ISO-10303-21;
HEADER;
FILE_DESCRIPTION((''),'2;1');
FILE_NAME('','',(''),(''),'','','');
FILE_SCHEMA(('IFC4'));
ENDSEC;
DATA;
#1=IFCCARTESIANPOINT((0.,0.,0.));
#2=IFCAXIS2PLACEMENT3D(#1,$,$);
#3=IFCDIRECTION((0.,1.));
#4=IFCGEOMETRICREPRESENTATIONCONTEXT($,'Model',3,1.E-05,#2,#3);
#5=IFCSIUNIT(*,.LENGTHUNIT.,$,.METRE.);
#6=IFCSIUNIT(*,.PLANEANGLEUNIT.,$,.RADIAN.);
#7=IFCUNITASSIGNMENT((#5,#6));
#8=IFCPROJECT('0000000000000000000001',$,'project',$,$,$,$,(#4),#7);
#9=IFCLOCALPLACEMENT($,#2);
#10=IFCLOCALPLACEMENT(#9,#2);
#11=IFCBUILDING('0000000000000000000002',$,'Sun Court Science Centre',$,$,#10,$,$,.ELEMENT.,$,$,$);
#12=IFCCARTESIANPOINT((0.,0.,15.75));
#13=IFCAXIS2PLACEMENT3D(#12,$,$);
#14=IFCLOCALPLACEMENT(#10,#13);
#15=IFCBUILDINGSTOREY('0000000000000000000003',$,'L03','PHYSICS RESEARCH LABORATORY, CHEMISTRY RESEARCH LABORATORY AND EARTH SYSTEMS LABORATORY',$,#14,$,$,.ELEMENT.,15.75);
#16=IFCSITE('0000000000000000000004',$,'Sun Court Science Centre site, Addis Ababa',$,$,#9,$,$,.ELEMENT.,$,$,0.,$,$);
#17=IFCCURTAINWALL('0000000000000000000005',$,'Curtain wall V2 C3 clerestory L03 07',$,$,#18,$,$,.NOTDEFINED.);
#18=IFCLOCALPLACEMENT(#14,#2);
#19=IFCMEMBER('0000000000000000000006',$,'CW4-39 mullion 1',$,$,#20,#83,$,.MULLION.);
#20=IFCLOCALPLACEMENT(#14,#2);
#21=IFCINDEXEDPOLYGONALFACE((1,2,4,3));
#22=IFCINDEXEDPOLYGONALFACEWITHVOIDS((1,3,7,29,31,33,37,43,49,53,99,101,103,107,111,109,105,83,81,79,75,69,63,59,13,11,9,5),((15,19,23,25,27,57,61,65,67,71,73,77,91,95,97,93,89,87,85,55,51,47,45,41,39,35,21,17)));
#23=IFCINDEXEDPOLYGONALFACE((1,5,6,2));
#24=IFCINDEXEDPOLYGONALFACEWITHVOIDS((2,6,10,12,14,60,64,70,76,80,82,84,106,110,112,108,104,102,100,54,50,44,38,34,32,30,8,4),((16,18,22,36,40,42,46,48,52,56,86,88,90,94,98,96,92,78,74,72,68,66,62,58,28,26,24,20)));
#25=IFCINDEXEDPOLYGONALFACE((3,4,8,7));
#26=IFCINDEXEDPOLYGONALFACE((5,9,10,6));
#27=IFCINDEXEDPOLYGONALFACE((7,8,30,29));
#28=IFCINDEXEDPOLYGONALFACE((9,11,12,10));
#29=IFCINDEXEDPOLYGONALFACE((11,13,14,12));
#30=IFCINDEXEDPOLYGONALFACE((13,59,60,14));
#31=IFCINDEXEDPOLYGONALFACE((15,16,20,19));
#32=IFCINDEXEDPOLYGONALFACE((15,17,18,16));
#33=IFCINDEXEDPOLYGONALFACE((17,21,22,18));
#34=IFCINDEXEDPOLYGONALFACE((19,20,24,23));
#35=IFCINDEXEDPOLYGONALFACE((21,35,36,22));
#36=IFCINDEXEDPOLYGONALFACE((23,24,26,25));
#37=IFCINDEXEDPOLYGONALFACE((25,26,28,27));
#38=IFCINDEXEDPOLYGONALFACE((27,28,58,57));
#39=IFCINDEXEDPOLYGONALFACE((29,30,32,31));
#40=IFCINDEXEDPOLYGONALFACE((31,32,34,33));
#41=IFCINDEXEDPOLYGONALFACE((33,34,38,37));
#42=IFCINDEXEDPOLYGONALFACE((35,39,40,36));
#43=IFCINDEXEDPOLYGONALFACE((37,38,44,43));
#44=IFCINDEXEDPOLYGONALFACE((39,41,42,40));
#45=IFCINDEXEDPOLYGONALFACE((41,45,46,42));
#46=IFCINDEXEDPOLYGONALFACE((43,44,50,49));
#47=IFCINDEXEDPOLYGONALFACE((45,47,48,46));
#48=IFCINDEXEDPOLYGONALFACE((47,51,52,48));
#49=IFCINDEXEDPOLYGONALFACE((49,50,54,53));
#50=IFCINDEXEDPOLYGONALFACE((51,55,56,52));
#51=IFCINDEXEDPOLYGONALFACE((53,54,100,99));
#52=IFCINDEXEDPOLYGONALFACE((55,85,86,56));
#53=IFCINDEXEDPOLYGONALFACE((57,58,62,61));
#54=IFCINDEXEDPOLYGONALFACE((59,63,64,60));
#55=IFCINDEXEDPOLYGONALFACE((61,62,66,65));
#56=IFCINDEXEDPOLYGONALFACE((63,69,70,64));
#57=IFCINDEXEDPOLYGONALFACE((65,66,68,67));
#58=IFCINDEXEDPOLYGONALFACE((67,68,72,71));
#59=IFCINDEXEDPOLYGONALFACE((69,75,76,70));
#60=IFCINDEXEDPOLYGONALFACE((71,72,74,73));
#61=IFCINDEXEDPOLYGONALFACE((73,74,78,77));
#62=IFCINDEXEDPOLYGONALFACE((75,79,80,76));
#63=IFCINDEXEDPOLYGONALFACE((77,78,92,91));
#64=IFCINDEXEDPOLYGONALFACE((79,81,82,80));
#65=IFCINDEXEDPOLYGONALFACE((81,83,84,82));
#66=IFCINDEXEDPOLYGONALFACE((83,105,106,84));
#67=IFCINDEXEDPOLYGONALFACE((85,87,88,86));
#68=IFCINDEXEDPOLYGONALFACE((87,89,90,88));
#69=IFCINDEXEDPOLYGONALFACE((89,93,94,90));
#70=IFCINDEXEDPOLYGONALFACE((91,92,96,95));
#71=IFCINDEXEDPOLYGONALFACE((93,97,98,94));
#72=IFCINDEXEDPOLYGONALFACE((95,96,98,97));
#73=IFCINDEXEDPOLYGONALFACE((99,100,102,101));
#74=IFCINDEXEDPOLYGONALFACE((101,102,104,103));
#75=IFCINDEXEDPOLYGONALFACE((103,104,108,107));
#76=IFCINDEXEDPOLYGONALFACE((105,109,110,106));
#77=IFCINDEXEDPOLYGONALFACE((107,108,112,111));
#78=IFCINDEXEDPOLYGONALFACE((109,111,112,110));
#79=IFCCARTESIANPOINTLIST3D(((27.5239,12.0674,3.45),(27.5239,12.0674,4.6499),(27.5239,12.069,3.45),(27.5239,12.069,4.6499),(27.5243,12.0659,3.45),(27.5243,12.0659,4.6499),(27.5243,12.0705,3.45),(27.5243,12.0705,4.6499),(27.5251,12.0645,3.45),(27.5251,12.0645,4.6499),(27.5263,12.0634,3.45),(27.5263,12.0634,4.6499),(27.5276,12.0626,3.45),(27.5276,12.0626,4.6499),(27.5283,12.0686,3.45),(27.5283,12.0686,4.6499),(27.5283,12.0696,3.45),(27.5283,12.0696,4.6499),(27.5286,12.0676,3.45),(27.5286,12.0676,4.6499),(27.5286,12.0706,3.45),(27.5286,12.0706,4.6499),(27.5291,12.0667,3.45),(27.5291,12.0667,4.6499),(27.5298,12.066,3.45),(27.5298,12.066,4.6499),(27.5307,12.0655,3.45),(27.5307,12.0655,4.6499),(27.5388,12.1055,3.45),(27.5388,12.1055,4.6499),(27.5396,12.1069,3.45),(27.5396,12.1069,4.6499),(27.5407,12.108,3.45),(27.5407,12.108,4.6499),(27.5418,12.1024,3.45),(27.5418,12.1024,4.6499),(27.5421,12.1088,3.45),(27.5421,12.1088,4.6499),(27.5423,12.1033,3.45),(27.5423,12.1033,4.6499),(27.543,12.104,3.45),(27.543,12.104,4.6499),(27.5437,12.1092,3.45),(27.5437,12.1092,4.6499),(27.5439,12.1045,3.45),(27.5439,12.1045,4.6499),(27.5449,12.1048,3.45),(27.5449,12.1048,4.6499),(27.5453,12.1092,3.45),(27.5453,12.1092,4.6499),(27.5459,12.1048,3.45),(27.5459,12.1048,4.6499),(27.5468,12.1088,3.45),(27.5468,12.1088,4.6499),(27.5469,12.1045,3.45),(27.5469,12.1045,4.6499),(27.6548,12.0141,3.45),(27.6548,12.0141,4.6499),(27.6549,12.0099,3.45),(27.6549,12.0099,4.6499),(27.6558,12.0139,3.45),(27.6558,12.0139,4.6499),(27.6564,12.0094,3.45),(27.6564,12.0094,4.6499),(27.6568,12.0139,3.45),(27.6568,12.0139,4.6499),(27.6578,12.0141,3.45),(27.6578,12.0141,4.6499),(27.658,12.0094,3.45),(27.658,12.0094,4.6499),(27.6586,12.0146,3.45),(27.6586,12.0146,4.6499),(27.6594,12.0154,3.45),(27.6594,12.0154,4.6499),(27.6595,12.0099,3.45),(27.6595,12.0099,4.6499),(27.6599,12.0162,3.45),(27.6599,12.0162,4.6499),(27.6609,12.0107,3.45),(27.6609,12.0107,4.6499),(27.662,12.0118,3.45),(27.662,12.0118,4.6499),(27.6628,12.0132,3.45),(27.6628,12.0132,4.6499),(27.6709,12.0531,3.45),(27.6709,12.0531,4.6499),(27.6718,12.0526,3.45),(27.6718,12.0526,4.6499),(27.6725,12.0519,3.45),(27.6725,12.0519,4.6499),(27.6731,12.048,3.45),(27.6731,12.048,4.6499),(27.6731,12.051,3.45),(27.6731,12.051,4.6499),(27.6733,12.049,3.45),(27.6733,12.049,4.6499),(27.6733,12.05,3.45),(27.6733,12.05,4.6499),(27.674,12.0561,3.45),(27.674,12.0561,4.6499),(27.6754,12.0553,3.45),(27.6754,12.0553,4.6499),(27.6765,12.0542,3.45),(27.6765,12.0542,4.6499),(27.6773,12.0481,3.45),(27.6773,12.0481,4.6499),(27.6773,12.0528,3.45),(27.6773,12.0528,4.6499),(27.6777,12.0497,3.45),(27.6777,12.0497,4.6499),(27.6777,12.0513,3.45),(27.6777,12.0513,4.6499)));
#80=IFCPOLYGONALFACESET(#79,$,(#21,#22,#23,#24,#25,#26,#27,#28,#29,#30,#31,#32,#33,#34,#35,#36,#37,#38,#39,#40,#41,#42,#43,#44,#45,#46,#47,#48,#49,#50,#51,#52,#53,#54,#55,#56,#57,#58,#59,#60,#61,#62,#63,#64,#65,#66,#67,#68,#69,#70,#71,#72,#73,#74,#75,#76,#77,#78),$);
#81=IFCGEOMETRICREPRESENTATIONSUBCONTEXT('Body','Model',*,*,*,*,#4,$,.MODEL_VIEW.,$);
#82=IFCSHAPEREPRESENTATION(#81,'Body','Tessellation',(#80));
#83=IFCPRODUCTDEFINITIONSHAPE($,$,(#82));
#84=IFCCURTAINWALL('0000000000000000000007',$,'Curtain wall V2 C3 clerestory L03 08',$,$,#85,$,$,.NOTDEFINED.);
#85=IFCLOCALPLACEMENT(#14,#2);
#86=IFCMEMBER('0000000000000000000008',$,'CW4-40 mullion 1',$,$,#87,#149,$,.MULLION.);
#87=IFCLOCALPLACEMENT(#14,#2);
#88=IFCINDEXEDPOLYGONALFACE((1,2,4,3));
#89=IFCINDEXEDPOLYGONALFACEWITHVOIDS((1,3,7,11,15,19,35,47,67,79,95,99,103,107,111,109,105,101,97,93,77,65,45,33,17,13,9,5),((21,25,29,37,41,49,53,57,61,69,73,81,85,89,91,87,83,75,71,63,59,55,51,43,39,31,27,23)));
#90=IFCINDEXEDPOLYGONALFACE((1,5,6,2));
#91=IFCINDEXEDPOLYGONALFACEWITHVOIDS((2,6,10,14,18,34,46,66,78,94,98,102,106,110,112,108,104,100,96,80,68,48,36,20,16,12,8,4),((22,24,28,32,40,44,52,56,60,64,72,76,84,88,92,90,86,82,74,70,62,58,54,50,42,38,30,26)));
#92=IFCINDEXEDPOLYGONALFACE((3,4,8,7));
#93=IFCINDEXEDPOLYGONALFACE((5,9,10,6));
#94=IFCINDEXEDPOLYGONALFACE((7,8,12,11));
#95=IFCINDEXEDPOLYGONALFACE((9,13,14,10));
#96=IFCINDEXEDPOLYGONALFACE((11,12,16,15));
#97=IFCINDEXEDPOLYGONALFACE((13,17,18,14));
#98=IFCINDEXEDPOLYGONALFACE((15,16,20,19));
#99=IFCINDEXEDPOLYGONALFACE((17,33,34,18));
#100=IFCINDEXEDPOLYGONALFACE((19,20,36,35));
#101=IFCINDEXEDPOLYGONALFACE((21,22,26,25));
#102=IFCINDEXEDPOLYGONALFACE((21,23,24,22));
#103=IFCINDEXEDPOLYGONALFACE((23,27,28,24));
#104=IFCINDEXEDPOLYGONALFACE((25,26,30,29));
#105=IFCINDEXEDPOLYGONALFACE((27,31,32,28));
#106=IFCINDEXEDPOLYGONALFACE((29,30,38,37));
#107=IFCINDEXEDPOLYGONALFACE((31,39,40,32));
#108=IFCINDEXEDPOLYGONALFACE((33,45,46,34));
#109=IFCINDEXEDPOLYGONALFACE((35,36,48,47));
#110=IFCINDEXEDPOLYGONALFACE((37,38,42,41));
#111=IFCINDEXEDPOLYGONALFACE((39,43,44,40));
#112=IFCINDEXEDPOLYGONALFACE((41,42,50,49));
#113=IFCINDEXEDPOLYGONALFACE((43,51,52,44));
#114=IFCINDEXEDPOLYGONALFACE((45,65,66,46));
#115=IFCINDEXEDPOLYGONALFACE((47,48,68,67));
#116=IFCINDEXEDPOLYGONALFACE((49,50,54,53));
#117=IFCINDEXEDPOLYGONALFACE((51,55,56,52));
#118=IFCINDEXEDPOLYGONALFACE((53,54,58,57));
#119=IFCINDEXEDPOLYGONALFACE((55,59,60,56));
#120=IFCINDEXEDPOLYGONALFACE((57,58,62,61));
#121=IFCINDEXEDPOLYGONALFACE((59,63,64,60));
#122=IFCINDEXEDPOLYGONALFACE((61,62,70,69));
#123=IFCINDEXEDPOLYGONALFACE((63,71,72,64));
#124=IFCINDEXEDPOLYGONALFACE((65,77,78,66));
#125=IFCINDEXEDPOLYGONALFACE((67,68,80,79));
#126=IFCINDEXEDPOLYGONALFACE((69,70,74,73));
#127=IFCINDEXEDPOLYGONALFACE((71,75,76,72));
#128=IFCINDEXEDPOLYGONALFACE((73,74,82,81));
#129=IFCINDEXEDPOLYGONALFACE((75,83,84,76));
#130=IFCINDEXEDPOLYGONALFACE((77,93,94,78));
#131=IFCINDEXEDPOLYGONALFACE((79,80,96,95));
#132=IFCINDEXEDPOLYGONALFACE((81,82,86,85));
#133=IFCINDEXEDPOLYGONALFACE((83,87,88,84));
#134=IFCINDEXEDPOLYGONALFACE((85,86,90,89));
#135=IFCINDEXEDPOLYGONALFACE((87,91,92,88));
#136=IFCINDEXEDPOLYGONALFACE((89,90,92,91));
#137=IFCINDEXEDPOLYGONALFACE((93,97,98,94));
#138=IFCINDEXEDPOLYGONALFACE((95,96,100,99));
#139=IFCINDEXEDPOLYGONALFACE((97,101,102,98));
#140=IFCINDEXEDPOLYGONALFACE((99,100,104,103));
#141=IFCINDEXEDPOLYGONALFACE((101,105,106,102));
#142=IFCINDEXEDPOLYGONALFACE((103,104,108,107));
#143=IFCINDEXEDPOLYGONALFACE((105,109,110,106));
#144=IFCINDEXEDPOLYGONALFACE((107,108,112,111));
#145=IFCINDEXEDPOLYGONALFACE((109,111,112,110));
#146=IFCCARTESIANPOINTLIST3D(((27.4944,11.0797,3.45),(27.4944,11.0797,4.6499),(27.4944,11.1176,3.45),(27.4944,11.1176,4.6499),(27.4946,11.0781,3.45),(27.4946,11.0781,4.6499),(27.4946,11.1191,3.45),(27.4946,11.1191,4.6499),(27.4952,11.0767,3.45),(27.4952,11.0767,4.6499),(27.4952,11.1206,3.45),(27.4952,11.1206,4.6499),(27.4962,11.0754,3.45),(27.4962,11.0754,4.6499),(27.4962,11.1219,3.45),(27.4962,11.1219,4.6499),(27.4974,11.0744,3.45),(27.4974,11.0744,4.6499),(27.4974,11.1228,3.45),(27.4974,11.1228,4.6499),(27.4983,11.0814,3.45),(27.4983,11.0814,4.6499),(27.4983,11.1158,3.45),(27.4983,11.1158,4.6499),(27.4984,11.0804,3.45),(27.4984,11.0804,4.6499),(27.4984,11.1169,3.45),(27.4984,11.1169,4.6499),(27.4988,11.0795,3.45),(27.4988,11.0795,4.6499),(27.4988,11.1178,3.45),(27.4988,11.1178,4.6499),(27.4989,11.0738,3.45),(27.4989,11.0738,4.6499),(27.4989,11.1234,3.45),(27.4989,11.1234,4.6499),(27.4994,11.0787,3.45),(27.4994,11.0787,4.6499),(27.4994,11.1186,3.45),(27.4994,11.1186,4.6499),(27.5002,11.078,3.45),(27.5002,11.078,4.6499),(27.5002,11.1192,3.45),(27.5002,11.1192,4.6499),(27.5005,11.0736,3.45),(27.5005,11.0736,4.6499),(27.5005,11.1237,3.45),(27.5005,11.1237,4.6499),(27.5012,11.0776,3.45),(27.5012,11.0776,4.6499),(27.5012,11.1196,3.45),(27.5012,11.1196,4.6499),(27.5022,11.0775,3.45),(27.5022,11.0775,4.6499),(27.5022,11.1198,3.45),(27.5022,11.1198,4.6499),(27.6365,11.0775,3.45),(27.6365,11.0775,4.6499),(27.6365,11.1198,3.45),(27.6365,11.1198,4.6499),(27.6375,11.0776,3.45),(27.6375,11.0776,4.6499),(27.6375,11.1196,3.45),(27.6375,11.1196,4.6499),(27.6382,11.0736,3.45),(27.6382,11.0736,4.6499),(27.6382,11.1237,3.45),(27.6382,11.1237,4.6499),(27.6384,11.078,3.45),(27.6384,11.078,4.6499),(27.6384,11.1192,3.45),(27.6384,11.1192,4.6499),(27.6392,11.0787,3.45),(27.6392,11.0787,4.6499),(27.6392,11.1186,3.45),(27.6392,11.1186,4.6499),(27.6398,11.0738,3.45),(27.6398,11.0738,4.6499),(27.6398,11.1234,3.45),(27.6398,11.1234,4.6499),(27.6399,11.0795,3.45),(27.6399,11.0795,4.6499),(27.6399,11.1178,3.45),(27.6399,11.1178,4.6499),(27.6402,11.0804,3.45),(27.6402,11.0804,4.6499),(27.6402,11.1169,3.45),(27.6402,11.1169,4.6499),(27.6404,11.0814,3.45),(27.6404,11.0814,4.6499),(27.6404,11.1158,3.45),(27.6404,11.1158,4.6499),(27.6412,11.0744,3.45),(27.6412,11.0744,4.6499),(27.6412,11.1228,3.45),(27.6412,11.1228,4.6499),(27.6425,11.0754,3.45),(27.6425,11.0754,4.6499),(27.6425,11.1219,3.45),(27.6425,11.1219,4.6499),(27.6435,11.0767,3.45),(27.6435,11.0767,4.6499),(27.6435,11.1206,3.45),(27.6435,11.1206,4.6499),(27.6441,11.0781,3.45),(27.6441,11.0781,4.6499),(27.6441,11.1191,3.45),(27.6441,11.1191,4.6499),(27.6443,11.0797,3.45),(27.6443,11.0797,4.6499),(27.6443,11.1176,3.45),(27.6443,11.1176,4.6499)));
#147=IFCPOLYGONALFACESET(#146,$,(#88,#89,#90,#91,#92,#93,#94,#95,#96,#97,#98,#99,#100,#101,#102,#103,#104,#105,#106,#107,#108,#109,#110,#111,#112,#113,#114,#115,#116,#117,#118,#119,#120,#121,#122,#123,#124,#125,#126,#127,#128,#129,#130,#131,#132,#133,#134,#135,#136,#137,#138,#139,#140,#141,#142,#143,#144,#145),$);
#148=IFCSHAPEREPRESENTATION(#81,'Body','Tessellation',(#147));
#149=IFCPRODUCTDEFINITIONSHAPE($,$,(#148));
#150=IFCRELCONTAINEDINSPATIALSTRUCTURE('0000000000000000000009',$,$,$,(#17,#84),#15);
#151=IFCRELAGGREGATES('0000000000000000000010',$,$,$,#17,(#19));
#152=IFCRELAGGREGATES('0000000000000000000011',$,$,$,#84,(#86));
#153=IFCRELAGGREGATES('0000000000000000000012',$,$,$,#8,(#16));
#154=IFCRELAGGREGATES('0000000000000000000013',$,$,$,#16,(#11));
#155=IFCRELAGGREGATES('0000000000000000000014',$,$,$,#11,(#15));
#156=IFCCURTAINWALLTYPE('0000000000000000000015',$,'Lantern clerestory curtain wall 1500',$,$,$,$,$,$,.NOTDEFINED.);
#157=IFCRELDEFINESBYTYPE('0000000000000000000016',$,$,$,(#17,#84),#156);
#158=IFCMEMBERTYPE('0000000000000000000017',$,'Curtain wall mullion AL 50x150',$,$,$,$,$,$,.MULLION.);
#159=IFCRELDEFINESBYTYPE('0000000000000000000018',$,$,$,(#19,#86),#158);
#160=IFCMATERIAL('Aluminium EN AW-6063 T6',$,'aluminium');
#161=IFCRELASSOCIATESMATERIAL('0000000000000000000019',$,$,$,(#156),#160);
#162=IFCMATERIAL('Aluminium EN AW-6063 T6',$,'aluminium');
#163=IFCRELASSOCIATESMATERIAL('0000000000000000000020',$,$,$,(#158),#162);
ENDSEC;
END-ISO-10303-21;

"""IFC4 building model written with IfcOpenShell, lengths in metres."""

from ifc_helpers import new_model, si_unit, direction, frame, origin, origin_2d, place, context, subcontext, project, spatial, hollow_rectangle, extrude, material, material_profile, profile_set, type_object, element, aggregate, save


model = new_model("IFC4")

# Units and contexts
model_context = context("Model", 3, precision=1e-05, world=origin(), true_north=direction((0.0, 1.0)))
body_context = subcontext(model_context, "Body", "Model", "MODEL_VIEW")
ifc_project = project(units=[si_unit("LENGTHUNIT", "METRE"), si_unit("PLANEANGLEUNIT", "RADIAN")], contexts=[model_context])

# Site, building, storey
site_placement = place(None, origin())
site = spatial("IfcSite", under=ifc_project, at=site_placement, Name="Sun Court Science Centre site, Addis Ababa", CompositionType="ELEMENT", RefElevation=0.0)
building_placement = place(site_placement, origin())
building = spatial("IfcBuilding", under=site, at=building_placement, Name="Sun Court Science Centre", CompositionType="ELEMENT")
storey_placement = place(building_placement, frame((0.0, 0.0, 15.75)))
storey = spatial("IfcBuildingStorey", under=building, at=storey_placement, Name="L03", Description="PHYSICS RESEARCH LABORATORY, CHEMISTRY RESEARCH LABORATORY AND EARTH SYSTEMS LABORATORY", CompositionType="ELEMENT", Elevation=15.75)

# Curtain wall, member
ifc_material_1 = material(Name="Aluminium EN AW-6063 T6", Category="aluminium")
curtain_wall_type = type_object("IfcCurtainWallType", Name="Lantern clerestory curtain wall 1500", PredefinedType="NOTDEFINED", material=ifc_material_1)
curtain_wall_1_placement = place(storey_placement, origin())
curtain_wall_1 = element("IfcCurtainWall", 1, at=curtain_wall_1_placement, inside=storey, type_object=curtain_wall_type, Name="Curtain wall V2 C3 clerestory L03 07", PredefinedType="NOTDEFINED")
ifc_material_2 = material(Name="Aluminium EN AW-6063 T6", Category="aluminium")
ifc_material_profile_1 = material_profile(ifc_material_2, hollow_rectangle(XDim=0.05, YDim=0.1499, WallThickness=0.0039, InnerFilletRadius=0.0039, OuterFilletRadius=0.0061, at=origin_2d()), Name="AL 50x150x4")
ifc_profile_set_1 = profile_set([ifc_material_profile_1], Name="Aluminium EN AW-6063 T6")
member_type_1 = type_object("IfcMemberType", Name="Curtain wall mullion AL 50x150", PredefinedType="MULLION", material=ifc_profile_set_1)
member_1_placement = place(storey_placement, frame((27.6008, 12.0593, 3.45), z_axis=(0.0, 0.0, 1.0), x_axis=(0.382683, 0.92388, 0.0)))
member_1 = element("IfcMember", 2, at=member_1_placement, type_object=member_type_1, Name="CW4-39 mullion 1", PredefinedType="MULLION", context=body_context, shape_type="SweptSolid", body=[
    extrude(hollow_rectangle(XDim=0.05, YDim=0.1499, WallThickness=0.0039, InnerFilletRadius=0.0039, OuterFilletRadius=0.0061, at=origin_2d()), origin(), (0.0, 0.0, 1.0), 1.2),
])

# Curtain wall, member
curtain_wall_2_placement = place(storey_placement, origin())
curtain_wall_2 = element("IfcCurtainWall", 3, at=curtain_wall_2_placement, inside=storey, type_object=curtain_wall_type, Name="Curtain wall V2 C3 clerestory L03 08", PredefinedType="NOTDEFINED")
member_2_placement = place(storey_placement, frame((27.5693, 11.0986, 3.45), z_axis=(0.0, 0.0, 1.0), x_axis=(0.0, 1.0, 0.0)))
member_2 = element("IfcMember", 4, at=member_2_placement, type_object=member_type_1, Name="CW4-40 mullion 1", PredefinedType="MULLION", context=body_context, shape_type="SweptSolid", body=[
    extrude(hollow_rectangle(XDim=0.05, YDim=0.1499, WallThickness=0.0039, InnerFilletRadius=0.0039, OuterFilletRadius=0.0061, at=origin_2d()), origin(), (0.0, 0.0, 1.0), 1.2),
])

aggregate(curtain_wall_1, [member_1])
aggregate(curtain_wall_2, [member_2])

save(model, "model.ifc")
